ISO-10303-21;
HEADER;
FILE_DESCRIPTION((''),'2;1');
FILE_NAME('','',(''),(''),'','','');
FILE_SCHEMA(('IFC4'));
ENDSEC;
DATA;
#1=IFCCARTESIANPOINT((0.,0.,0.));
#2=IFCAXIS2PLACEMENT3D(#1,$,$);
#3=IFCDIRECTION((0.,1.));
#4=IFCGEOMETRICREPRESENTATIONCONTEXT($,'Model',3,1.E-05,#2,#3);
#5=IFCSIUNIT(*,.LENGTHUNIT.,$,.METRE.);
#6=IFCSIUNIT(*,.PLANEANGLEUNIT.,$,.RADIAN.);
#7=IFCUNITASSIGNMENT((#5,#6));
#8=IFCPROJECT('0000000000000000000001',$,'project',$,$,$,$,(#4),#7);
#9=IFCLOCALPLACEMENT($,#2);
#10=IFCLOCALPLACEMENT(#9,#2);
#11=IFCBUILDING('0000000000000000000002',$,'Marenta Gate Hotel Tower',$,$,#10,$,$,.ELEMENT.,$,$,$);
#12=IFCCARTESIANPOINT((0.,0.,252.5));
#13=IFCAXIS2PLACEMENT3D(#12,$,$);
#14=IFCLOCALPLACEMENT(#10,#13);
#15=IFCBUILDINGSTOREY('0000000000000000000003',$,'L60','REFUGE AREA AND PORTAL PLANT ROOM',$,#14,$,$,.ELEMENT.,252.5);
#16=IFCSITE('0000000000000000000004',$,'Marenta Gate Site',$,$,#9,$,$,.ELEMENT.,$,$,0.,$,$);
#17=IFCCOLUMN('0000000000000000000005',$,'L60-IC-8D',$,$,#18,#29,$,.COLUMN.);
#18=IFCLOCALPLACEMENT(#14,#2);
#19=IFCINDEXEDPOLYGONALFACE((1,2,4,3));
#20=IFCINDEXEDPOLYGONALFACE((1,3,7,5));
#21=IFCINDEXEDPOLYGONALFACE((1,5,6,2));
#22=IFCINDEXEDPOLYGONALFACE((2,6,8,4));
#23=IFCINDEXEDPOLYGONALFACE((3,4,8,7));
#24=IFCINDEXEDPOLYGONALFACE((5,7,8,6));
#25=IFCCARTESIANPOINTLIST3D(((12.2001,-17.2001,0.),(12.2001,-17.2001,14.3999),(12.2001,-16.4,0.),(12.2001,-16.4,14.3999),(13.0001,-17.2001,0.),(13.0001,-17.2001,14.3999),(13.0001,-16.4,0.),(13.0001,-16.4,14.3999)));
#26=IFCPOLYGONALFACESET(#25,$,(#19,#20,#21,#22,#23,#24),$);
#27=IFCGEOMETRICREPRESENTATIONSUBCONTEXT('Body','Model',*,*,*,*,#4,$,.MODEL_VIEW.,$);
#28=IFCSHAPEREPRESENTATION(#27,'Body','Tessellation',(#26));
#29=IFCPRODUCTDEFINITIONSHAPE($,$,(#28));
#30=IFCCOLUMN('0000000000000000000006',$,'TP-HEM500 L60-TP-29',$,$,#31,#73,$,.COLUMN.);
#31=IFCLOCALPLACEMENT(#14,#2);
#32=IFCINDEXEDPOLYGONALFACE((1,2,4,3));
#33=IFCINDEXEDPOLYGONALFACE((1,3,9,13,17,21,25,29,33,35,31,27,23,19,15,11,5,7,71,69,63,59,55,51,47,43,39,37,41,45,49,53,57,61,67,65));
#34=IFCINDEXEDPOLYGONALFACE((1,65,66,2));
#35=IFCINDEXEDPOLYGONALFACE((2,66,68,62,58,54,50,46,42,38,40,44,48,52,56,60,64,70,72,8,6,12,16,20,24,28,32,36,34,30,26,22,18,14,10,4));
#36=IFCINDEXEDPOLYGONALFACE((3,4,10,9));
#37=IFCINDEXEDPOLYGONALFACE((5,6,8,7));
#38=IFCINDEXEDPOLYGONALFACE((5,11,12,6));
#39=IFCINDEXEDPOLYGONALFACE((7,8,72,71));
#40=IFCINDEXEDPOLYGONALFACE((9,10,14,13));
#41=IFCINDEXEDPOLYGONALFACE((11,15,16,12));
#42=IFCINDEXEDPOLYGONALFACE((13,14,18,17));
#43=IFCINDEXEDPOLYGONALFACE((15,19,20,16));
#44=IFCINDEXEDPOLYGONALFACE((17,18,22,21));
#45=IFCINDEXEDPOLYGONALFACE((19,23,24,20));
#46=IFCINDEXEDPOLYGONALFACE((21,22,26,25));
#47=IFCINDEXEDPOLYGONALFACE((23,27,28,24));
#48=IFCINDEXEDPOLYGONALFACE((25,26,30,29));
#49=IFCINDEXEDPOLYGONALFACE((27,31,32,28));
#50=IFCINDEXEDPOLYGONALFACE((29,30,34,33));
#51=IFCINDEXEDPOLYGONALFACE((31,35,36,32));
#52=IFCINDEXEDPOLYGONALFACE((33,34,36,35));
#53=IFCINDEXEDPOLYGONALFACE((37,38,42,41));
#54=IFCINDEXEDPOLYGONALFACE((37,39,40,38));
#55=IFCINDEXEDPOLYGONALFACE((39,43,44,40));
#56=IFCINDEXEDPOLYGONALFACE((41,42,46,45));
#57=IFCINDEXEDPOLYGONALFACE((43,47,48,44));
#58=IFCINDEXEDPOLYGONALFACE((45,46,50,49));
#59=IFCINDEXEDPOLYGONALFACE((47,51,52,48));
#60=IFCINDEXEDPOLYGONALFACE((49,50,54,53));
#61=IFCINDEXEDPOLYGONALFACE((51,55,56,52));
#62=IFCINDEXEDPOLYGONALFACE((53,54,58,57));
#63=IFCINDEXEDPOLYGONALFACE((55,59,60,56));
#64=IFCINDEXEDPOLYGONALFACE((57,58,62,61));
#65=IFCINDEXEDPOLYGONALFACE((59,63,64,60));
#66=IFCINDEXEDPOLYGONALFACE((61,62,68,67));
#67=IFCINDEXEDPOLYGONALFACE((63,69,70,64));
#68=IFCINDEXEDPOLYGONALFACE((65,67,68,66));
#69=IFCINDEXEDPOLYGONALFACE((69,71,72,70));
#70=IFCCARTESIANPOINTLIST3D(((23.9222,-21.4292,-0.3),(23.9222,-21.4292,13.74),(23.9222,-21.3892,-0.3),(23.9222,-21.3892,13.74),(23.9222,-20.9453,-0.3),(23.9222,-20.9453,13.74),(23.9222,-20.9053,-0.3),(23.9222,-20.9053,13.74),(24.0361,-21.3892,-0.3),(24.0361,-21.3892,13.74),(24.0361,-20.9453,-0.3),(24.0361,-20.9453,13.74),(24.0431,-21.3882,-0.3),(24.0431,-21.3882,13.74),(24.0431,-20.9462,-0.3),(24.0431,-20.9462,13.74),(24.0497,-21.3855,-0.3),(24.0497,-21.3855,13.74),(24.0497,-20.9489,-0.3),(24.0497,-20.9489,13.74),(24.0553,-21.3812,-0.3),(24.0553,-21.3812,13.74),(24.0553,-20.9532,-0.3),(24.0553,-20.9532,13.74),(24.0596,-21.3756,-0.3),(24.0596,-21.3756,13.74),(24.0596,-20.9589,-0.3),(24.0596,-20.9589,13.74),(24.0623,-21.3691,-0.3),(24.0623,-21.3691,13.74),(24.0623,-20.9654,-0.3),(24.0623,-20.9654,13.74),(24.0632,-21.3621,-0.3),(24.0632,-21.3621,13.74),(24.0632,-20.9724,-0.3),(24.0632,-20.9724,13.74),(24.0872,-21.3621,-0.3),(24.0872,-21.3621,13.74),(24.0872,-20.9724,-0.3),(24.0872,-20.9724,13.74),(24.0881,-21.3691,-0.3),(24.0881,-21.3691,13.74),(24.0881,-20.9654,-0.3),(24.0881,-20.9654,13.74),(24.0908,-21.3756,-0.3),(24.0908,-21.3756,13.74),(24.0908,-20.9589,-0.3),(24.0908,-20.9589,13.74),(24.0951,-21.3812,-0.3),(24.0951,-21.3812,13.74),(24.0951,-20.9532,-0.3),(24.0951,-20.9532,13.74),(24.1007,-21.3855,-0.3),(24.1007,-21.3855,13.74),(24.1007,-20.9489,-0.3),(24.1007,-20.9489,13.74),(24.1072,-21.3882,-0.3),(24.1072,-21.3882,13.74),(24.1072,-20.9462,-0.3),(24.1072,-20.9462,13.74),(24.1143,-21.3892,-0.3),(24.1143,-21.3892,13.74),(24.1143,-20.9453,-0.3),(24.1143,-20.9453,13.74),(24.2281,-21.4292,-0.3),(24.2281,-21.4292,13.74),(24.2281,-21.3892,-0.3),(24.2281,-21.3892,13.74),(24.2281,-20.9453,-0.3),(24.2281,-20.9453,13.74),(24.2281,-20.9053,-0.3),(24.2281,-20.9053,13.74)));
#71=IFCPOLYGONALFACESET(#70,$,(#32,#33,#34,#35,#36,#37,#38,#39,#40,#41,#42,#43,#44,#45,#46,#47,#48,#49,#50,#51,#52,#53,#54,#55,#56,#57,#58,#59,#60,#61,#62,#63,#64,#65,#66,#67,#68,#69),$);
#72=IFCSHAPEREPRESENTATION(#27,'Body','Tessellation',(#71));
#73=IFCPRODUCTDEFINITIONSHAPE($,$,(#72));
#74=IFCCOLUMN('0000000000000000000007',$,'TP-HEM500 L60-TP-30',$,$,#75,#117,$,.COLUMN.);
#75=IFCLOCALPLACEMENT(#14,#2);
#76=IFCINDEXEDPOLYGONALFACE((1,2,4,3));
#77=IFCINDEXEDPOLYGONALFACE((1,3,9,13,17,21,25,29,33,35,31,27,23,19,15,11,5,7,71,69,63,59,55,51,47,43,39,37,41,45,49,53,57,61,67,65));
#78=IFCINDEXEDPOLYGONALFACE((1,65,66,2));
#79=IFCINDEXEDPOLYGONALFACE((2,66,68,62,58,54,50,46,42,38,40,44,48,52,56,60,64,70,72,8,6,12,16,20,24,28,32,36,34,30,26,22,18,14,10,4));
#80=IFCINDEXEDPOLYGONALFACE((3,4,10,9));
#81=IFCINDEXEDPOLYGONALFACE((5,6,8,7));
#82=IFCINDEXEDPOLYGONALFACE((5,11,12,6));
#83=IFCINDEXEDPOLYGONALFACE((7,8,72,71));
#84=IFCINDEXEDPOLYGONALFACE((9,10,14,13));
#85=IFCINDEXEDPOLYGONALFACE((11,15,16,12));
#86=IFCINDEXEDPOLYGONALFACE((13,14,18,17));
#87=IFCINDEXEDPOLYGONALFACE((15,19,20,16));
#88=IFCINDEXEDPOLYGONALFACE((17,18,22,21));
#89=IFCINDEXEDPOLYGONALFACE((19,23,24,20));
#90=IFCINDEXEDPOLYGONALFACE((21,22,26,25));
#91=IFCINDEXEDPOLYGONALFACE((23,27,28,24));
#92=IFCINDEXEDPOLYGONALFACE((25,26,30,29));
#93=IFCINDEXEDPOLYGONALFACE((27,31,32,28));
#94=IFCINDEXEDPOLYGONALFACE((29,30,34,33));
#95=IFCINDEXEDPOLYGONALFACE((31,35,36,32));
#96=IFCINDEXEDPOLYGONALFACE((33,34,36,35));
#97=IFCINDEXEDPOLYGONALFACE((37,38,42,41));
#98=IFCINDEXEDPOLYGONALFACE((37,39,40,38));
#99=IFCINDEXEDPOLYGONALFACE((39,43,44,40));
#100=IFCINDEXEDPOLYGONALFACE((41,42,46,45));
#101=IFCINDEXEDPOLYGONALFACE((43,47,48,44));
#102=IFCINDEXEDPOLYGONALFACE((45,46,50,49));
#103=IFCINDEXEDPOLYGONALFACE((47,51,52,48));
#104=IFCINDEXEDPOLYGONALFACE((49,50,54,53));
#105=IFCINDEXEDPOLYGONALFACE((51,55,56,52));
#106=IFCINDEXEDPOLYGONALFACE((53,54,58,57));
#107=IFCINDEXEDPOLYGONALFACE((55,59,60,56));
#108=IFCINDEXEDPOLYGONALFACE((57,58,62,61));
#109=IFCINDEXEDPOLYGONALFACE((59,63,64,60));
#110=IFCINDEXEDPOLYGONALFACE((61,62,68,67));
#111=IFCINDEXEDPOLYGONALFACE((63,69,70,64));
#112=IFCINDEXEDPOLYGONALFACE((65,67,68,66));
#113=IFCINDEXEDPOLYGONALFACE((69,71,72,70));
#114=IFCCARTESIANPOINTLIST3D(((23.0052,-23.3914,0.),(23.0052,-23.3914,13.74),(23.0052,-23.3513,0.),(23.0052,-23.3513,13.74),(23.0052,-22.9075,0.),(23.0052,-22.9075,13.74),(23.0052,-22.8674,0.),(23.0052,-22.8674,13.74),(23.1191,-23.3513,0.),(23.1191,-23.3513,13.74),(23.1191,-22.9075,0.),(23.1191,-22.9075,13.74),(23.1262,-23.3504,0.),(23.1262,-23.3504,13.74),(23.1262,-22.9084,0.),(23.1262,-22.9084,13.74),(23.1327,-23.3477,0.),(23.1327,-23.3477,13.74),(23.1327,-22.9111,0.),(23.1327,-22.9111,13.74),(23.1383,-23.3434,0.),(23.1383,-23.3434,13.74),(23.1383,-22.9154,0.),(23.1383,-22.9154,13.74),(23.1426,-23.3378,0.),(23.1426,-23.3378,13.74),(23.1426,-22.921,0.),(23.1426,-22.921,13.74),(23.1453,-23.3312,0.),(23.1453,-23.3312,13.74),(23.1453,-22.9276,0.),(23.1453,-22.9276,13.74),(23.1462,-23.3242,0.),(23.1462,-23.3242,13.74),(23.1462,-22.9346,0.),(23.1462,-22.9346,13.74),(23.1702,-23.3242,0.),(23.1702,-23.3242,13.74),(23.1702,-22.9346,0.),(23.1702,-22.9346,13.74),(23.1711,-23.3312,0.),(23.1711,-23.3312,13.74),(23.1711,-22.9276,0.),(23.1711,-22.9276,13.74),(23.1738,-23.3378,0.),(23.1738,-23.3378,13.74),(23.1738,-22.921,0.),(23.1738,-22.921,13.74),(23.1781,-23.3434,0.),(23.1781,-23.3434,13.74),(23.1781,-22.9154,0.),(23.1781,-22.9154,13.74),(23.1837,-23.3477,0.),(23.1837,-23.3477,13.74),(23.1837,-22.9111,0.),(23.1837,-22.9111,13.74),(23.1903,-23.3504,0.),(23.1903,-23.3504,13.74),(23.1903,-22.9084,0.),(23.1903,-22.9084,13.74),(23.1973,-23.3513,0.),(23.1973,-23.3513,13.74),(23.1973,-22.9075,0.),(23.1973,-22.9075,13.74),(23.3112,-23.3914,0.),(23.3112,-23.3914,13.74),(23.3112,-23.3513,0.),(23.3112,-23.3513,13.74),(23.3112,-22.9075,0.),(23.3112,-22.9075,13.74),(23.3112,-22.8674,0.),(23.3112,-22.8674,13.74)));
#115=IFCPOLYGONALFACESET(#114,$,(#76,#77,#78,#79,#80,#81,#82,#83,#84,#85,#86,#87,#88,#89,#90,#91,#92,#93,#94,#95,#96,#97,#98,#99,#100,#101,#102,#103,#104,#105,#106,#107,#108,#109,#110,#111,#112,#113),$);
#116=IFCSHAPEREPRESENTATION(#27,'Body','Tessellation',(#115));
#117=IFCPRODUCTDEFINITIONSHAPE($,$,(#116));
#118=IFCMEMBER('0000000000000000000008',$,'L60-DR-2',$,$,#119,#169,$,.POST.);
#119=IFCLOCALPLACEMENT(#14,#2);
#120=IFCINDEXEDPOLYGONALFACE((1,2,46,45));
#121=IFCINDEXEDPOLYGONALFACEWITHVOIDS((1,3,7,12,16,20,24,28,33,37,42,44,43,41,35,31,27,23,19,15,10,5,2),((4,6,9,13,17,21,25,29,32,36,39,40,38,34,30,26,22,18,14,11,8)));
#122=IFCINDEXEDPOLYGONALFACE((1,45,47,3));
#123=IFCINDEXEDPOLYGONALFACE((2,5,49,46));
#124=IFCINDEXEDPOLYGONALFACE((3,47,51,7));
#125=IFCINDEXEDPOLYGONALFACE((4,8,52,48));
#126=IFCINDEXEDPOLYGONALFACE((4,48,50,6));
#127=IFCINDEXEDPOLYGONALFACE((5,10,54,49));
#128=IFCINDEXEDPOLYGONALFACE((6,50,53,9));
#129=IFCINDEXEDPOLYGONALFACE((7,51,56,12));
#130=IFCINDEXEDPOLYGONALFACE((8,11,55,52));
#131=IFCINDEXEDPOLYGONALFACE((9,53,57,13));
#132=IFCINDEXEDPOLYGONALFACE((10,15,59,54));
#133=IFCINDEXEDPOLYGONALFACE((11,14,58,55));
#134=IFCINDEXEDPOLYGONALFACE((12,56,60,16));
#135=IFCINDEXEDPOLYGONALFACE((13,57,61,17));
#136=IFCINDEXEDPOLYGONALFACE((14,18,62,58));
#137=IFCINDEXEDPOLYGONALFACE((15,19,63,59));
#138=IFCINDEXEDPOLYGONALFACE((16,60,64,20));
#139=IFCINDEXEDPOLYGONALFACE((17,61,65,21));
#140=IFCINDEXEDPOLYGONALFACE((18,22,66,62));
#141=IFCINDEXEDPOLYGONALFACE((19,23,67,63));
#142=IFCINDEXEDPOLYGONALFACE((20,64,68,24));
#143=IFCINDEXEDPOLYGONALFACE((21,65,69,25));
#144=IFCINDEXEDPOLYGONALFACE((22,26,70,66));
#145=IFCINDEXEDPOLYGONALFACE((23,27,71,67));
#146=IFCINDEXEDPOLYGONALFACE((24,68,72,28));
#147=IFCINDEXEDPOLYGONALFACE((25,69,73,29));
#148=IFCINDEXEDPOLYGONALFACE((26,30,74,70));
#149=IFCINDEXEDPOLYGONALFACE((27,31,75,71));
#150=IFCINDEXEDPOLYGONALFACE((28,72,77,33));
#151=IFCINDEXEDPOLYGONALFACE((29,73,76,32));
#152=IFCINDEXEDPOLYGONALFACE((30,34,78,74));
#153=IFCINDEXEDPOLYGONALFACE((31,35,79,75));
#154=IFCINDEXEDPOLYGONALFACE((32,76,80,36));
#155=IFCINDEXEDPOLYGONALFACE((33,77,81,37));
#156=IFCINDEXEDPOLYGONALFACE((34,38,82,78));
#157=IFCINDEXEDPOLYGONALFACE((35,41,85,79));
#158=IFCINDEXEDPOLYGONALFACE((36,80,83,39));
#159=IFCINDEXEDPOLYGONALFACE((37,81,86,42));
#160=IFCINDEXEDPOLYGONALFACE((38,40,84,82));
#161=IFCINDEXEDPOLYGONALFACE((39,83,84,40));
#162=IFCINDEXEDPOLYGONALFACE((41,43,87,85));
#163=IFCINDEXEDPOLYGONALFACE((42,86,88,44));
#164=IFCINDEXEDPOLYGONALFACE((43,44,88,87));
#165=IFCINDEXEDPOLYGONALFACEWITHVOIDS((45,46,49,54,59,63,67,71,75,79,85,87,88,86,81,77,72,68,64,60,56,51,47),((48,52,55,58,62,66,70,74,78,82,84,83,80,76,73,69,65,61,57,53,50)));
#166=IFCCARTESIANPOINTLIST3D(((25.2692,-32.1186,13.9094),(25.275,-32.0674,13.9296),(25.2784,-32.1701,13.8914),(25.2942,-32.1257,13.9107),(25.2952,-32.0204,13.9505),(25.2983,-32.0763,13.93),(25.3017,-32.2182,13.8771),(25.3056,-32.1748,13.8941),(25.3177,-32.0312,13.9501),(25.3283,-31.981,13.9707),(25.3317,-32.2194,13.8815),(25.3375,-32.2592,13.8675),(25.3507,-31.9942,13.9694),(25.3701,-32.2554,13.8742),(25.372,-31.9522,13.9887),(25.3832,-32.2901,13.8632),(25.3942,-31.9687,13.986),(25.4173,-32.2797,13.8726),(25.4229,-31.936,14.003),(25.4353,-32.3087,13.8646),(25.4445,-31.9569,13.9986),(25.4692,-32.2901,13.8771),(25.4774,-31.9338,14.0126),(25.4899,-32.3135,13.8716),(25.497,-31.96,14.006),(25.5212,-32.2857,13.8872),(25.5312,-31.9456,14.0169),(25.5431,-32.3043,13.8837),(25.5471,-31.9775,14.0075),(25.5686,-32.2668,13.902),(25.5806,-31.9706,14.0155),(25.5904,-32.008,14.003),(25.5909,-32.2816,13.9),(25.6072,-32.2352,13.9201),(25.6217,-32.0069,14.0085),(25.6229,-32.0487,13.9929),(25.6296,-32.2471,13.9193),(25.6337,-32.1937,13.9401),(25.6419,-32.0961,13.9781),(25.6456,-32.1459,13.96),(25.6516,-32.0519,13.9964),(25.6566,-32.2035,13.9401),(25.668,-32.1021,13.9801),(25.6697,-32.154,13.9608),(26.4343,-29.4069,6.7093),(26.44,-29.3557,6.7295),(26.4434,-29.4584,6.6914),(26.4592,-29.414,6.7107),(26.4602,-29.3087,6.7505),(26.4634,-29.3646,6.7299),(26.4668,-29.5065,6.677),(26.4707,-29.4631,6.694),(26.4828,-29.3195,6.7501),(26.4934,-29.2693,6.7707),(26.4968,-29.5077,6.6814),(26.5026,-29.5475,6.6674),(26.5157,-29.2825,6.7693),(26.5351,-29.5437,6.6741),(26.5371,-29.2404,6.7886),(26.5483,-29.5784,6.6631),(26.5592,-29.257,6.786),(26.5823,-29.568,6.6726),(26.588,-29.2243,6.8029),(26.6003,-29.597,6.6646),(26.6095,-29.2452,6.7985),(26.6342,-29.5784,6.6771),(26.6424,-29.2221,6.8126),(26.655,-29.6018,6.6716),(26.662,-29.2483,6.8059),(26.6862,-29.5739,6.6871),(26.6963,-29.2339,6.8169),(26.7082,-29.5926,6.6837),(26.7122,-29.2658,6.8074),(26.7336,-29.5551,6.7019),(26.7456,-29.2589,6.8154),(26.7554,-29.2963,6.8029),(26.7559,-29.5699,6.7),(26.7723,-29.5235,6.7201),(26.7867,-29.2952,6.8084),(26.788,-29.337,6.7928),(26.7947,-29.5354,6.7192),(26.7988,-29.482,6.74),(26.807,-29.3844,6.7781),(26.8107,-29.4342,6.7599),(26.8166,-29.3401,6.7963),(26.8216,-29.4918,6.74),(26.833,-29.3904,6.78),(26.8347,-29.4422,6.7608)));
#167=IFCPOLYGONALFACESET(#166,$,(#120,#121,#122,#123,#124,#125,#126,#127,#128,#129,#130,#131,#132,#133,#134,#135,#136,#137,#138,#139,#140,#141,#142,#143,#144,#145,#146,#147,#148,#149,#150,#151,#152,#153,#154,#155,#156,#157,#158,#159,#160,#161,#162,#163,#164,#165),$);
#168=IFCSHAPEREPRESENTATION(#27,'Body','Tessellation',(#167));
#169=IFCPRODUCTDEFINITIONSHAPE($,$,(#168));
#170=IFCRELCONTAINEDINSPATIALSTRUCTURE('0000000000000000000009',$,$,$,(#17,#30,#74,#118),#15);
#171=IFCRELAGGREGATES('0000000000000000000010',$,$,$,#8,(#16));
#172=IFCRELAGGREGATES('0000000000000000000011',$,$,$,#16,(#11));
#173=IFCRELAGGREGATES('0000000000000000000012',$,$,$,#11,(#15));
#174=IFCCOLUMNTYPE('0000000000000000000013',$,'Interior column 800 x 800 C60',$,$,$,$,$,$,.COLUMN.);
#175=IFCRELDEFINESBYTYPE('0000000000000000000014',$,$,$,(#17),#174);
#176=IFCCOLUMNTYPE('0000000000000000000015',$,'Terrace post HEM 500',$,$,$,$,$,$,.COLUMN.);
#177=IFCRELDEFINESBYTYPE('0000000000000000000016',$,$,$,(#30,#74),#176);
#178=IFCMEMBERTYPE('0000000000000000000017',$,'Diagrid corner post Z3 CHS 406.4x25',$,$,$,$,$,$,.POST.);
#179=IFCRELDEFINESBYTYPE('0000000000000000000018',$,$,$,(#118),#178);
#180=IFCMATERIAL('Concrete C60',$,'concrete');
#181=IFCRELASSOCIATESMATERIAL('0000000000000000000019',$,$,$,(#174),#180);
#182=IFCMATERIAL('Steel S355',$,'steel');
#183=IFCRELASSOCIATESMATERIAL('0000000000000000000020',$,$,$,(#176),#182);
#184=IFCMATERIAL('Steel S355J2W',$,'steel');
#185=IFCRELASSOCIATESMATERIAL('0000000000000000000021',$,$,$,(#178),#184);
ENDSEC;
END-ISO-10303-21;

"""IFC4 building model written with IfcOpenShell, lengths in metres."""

from ifc_helpers import new_model, si_unit, direction, frame, origin, origin_2d, place, context, subcontext, project, spatial, rectangle, hollow_circle, i_section, extrude, material, material_profile, profile_set, type_object, element, save


model = new_model("IFC4")

# Units and contexts
model_context = context("Model", 3, precision=1e-05, world=origin(), true_north=direction((0.0, 1.0)))
body_context = subcontext(model_context, "Body", "Model", "MODEL_VIEW")
ifc_project = project(units=[si_unit("LENGTHUNIT", "METRE"), si_unit("PLANEANGLEUNIT", "RADIAN")], contexts=[model_context])

# Site, building, storey
site_placement = place(None, origin())
site = spatial("IfcSite", under=ifc_project, at=site_placement, Name="Marenta Gate Site", CompositionType="ELEMENT", RefElevation=0.0)
building_placement = place(site_placement, origin())
building = spatial("IfcBuilding", under=site, at=building_placement, Name="Marenta Gate Hotel Tower", CompositionType="ELEMENT")
storey_placement = place(building_placement, frame((0.0, 0.0, 252.5)))
storey = spatial("IfcBuildingStorey", under=building, at=storey_placement, Name="L60", Description="REFUGE AREA AND PORTAL PLANT ROOM", CompositionType="ELEMENT", Elevation=252.5)

# Columns
ifc_material_1 = material(Name="Concrete C60", Category="concrete")
ifc_material_profile_1 = material_profile(ifc_material_1, rectangle(XDim=0.8, YDim=0.8, at=origin_2d()), Name="800 x 800")
ifc_profile_set_1 = profile_set([ifc_material_profile_1], Name="Concrete C60")
column_type_1 = type_object("IfcColumnType", Name="Interior column 800 x 800 C60", PredefinedType="COLUMN", material=ifc_profile_set_1)
column_1_placement = place(storey_placement, frame((12.6001, -16.8, 0.0), z_axis=(0.0, 0.0, 1.0), x_axis=(1.0, 0.0, 0.0)))
element("IfcColumn", 1, at=column_1_placement, inside=storey, type_object=column_type_1, Name="L60-IC-8D", PredefinedType="COLUMN", context=body_context, shape_type="SweptSolid", body=[
    extrude(rectangle(XDim=0.8, YDim=0.8, at=origin_2d()), origin(), (0.0, 0.0, 1.0), 14.3999),
])
ifc_material_2 = material(Name="Steel S355", Category="steel")
ifc_material_profile_2 = material_profile(ifc_material_2, i_section(OverallWidth=0.3059, OverallDepth=0.5239, WebThickness=0.0239, FlangeThickness=0.04, FilletRadius=0.0271, at=origin_2d()), Name="HEM 500")
ifc_profile_set_2 = profile_set([ifc_material_profile_2], Name="Steel S355")
column_type_2 = type_object("IfcColumnType", Name="Terrace post HEM 500", PredefinedType="COLUMN", material=ifc_profile_set_2)
column_2_placement = place(storey_placement, frame((24.0752, -21.1672, -0.3), z_axis=(0.0, 0.0, 1.0), x_axis=(1.0, 0.0, 0.0)))
element("IfcColumn", 2, at=column_2_placement, inside=storey, type_object=column_type_2, Name="TP-HEM500 L60-TP-29", PredefinedType="COLUMN", context=body_context, shape_type="SweptSolid", body=[
    extrude(i_section(OverallWidth=0.3059, OverallDepth=0.5239, WebThickness=0.0239, FlangeThickness=0.04, FilletRadius=0.0271, at=origin_2d()), origin(), (0.0, 0.0, 1.0), 14.04),
])
column_3_placement = place(storey_placement, frame((23.1582, -23.1294, 0.0), z_axis=(0.0, 0.0, 1.0), x_axis=(1.0, 0.0, 0.0)))
element("IfcColumn", 3, at=column_3_placement, inside=storey, type_object=column_type_2, Name="TP-HEM500 L60-TP-30", PredefinedType="COLUMN", context=body_context, shape_type="SweptSolid", body=[
    extrude(i_section(OverallWidth=0.3059, OverallDepth=0.5239, WebThickness=0.0239, FlangeThickness=0.04, FilletRadius=0.0271, at=origin_2d()), origin(), (0.0, 0.0, 1.0), 13.74),
])

# Member
ifc_material_3 = material(Name="Steel S355J2W", Category="steel")
ifc_material_profile_3 = material_profile(ifc_material_3, hollow_circle(Radius=0.2031, WallThickness=0.0249, at=origin_2d()), Name="CHS 406.4x25")
ifc_profile_set_3 = profile_set([ifc_material_profile_3], Name="Steel S355J2W")
member_type_1 = type_object("IfcMemberType", Name="Diagrid corner post Z3 CHS 406.4x25", PredefinedType="POST", material=ifc_profile_set_3)
member_1_placement = place(storey_placement, frame((26.635, -29.4116, 6.74), z_axis=(-0.149722, -0.348482, 0.92528), x_axis=(0.91879, -0.394748, 0.0)))
element("IfcMember", 4, at=member_1_placement, inside=storey, type_object=member_type_1, Name="L60-DR-2", PredefinedType="POST", context=body_context, shape_type="SweptSolid", body=[
    extrude(hollow_circle(Radius=0.2031, WallThickness=0.0249, at=origin_2d()), origin(), (0.0, 0.0, 1.0), 7.7815),
])

save(model, "model.ifc")
